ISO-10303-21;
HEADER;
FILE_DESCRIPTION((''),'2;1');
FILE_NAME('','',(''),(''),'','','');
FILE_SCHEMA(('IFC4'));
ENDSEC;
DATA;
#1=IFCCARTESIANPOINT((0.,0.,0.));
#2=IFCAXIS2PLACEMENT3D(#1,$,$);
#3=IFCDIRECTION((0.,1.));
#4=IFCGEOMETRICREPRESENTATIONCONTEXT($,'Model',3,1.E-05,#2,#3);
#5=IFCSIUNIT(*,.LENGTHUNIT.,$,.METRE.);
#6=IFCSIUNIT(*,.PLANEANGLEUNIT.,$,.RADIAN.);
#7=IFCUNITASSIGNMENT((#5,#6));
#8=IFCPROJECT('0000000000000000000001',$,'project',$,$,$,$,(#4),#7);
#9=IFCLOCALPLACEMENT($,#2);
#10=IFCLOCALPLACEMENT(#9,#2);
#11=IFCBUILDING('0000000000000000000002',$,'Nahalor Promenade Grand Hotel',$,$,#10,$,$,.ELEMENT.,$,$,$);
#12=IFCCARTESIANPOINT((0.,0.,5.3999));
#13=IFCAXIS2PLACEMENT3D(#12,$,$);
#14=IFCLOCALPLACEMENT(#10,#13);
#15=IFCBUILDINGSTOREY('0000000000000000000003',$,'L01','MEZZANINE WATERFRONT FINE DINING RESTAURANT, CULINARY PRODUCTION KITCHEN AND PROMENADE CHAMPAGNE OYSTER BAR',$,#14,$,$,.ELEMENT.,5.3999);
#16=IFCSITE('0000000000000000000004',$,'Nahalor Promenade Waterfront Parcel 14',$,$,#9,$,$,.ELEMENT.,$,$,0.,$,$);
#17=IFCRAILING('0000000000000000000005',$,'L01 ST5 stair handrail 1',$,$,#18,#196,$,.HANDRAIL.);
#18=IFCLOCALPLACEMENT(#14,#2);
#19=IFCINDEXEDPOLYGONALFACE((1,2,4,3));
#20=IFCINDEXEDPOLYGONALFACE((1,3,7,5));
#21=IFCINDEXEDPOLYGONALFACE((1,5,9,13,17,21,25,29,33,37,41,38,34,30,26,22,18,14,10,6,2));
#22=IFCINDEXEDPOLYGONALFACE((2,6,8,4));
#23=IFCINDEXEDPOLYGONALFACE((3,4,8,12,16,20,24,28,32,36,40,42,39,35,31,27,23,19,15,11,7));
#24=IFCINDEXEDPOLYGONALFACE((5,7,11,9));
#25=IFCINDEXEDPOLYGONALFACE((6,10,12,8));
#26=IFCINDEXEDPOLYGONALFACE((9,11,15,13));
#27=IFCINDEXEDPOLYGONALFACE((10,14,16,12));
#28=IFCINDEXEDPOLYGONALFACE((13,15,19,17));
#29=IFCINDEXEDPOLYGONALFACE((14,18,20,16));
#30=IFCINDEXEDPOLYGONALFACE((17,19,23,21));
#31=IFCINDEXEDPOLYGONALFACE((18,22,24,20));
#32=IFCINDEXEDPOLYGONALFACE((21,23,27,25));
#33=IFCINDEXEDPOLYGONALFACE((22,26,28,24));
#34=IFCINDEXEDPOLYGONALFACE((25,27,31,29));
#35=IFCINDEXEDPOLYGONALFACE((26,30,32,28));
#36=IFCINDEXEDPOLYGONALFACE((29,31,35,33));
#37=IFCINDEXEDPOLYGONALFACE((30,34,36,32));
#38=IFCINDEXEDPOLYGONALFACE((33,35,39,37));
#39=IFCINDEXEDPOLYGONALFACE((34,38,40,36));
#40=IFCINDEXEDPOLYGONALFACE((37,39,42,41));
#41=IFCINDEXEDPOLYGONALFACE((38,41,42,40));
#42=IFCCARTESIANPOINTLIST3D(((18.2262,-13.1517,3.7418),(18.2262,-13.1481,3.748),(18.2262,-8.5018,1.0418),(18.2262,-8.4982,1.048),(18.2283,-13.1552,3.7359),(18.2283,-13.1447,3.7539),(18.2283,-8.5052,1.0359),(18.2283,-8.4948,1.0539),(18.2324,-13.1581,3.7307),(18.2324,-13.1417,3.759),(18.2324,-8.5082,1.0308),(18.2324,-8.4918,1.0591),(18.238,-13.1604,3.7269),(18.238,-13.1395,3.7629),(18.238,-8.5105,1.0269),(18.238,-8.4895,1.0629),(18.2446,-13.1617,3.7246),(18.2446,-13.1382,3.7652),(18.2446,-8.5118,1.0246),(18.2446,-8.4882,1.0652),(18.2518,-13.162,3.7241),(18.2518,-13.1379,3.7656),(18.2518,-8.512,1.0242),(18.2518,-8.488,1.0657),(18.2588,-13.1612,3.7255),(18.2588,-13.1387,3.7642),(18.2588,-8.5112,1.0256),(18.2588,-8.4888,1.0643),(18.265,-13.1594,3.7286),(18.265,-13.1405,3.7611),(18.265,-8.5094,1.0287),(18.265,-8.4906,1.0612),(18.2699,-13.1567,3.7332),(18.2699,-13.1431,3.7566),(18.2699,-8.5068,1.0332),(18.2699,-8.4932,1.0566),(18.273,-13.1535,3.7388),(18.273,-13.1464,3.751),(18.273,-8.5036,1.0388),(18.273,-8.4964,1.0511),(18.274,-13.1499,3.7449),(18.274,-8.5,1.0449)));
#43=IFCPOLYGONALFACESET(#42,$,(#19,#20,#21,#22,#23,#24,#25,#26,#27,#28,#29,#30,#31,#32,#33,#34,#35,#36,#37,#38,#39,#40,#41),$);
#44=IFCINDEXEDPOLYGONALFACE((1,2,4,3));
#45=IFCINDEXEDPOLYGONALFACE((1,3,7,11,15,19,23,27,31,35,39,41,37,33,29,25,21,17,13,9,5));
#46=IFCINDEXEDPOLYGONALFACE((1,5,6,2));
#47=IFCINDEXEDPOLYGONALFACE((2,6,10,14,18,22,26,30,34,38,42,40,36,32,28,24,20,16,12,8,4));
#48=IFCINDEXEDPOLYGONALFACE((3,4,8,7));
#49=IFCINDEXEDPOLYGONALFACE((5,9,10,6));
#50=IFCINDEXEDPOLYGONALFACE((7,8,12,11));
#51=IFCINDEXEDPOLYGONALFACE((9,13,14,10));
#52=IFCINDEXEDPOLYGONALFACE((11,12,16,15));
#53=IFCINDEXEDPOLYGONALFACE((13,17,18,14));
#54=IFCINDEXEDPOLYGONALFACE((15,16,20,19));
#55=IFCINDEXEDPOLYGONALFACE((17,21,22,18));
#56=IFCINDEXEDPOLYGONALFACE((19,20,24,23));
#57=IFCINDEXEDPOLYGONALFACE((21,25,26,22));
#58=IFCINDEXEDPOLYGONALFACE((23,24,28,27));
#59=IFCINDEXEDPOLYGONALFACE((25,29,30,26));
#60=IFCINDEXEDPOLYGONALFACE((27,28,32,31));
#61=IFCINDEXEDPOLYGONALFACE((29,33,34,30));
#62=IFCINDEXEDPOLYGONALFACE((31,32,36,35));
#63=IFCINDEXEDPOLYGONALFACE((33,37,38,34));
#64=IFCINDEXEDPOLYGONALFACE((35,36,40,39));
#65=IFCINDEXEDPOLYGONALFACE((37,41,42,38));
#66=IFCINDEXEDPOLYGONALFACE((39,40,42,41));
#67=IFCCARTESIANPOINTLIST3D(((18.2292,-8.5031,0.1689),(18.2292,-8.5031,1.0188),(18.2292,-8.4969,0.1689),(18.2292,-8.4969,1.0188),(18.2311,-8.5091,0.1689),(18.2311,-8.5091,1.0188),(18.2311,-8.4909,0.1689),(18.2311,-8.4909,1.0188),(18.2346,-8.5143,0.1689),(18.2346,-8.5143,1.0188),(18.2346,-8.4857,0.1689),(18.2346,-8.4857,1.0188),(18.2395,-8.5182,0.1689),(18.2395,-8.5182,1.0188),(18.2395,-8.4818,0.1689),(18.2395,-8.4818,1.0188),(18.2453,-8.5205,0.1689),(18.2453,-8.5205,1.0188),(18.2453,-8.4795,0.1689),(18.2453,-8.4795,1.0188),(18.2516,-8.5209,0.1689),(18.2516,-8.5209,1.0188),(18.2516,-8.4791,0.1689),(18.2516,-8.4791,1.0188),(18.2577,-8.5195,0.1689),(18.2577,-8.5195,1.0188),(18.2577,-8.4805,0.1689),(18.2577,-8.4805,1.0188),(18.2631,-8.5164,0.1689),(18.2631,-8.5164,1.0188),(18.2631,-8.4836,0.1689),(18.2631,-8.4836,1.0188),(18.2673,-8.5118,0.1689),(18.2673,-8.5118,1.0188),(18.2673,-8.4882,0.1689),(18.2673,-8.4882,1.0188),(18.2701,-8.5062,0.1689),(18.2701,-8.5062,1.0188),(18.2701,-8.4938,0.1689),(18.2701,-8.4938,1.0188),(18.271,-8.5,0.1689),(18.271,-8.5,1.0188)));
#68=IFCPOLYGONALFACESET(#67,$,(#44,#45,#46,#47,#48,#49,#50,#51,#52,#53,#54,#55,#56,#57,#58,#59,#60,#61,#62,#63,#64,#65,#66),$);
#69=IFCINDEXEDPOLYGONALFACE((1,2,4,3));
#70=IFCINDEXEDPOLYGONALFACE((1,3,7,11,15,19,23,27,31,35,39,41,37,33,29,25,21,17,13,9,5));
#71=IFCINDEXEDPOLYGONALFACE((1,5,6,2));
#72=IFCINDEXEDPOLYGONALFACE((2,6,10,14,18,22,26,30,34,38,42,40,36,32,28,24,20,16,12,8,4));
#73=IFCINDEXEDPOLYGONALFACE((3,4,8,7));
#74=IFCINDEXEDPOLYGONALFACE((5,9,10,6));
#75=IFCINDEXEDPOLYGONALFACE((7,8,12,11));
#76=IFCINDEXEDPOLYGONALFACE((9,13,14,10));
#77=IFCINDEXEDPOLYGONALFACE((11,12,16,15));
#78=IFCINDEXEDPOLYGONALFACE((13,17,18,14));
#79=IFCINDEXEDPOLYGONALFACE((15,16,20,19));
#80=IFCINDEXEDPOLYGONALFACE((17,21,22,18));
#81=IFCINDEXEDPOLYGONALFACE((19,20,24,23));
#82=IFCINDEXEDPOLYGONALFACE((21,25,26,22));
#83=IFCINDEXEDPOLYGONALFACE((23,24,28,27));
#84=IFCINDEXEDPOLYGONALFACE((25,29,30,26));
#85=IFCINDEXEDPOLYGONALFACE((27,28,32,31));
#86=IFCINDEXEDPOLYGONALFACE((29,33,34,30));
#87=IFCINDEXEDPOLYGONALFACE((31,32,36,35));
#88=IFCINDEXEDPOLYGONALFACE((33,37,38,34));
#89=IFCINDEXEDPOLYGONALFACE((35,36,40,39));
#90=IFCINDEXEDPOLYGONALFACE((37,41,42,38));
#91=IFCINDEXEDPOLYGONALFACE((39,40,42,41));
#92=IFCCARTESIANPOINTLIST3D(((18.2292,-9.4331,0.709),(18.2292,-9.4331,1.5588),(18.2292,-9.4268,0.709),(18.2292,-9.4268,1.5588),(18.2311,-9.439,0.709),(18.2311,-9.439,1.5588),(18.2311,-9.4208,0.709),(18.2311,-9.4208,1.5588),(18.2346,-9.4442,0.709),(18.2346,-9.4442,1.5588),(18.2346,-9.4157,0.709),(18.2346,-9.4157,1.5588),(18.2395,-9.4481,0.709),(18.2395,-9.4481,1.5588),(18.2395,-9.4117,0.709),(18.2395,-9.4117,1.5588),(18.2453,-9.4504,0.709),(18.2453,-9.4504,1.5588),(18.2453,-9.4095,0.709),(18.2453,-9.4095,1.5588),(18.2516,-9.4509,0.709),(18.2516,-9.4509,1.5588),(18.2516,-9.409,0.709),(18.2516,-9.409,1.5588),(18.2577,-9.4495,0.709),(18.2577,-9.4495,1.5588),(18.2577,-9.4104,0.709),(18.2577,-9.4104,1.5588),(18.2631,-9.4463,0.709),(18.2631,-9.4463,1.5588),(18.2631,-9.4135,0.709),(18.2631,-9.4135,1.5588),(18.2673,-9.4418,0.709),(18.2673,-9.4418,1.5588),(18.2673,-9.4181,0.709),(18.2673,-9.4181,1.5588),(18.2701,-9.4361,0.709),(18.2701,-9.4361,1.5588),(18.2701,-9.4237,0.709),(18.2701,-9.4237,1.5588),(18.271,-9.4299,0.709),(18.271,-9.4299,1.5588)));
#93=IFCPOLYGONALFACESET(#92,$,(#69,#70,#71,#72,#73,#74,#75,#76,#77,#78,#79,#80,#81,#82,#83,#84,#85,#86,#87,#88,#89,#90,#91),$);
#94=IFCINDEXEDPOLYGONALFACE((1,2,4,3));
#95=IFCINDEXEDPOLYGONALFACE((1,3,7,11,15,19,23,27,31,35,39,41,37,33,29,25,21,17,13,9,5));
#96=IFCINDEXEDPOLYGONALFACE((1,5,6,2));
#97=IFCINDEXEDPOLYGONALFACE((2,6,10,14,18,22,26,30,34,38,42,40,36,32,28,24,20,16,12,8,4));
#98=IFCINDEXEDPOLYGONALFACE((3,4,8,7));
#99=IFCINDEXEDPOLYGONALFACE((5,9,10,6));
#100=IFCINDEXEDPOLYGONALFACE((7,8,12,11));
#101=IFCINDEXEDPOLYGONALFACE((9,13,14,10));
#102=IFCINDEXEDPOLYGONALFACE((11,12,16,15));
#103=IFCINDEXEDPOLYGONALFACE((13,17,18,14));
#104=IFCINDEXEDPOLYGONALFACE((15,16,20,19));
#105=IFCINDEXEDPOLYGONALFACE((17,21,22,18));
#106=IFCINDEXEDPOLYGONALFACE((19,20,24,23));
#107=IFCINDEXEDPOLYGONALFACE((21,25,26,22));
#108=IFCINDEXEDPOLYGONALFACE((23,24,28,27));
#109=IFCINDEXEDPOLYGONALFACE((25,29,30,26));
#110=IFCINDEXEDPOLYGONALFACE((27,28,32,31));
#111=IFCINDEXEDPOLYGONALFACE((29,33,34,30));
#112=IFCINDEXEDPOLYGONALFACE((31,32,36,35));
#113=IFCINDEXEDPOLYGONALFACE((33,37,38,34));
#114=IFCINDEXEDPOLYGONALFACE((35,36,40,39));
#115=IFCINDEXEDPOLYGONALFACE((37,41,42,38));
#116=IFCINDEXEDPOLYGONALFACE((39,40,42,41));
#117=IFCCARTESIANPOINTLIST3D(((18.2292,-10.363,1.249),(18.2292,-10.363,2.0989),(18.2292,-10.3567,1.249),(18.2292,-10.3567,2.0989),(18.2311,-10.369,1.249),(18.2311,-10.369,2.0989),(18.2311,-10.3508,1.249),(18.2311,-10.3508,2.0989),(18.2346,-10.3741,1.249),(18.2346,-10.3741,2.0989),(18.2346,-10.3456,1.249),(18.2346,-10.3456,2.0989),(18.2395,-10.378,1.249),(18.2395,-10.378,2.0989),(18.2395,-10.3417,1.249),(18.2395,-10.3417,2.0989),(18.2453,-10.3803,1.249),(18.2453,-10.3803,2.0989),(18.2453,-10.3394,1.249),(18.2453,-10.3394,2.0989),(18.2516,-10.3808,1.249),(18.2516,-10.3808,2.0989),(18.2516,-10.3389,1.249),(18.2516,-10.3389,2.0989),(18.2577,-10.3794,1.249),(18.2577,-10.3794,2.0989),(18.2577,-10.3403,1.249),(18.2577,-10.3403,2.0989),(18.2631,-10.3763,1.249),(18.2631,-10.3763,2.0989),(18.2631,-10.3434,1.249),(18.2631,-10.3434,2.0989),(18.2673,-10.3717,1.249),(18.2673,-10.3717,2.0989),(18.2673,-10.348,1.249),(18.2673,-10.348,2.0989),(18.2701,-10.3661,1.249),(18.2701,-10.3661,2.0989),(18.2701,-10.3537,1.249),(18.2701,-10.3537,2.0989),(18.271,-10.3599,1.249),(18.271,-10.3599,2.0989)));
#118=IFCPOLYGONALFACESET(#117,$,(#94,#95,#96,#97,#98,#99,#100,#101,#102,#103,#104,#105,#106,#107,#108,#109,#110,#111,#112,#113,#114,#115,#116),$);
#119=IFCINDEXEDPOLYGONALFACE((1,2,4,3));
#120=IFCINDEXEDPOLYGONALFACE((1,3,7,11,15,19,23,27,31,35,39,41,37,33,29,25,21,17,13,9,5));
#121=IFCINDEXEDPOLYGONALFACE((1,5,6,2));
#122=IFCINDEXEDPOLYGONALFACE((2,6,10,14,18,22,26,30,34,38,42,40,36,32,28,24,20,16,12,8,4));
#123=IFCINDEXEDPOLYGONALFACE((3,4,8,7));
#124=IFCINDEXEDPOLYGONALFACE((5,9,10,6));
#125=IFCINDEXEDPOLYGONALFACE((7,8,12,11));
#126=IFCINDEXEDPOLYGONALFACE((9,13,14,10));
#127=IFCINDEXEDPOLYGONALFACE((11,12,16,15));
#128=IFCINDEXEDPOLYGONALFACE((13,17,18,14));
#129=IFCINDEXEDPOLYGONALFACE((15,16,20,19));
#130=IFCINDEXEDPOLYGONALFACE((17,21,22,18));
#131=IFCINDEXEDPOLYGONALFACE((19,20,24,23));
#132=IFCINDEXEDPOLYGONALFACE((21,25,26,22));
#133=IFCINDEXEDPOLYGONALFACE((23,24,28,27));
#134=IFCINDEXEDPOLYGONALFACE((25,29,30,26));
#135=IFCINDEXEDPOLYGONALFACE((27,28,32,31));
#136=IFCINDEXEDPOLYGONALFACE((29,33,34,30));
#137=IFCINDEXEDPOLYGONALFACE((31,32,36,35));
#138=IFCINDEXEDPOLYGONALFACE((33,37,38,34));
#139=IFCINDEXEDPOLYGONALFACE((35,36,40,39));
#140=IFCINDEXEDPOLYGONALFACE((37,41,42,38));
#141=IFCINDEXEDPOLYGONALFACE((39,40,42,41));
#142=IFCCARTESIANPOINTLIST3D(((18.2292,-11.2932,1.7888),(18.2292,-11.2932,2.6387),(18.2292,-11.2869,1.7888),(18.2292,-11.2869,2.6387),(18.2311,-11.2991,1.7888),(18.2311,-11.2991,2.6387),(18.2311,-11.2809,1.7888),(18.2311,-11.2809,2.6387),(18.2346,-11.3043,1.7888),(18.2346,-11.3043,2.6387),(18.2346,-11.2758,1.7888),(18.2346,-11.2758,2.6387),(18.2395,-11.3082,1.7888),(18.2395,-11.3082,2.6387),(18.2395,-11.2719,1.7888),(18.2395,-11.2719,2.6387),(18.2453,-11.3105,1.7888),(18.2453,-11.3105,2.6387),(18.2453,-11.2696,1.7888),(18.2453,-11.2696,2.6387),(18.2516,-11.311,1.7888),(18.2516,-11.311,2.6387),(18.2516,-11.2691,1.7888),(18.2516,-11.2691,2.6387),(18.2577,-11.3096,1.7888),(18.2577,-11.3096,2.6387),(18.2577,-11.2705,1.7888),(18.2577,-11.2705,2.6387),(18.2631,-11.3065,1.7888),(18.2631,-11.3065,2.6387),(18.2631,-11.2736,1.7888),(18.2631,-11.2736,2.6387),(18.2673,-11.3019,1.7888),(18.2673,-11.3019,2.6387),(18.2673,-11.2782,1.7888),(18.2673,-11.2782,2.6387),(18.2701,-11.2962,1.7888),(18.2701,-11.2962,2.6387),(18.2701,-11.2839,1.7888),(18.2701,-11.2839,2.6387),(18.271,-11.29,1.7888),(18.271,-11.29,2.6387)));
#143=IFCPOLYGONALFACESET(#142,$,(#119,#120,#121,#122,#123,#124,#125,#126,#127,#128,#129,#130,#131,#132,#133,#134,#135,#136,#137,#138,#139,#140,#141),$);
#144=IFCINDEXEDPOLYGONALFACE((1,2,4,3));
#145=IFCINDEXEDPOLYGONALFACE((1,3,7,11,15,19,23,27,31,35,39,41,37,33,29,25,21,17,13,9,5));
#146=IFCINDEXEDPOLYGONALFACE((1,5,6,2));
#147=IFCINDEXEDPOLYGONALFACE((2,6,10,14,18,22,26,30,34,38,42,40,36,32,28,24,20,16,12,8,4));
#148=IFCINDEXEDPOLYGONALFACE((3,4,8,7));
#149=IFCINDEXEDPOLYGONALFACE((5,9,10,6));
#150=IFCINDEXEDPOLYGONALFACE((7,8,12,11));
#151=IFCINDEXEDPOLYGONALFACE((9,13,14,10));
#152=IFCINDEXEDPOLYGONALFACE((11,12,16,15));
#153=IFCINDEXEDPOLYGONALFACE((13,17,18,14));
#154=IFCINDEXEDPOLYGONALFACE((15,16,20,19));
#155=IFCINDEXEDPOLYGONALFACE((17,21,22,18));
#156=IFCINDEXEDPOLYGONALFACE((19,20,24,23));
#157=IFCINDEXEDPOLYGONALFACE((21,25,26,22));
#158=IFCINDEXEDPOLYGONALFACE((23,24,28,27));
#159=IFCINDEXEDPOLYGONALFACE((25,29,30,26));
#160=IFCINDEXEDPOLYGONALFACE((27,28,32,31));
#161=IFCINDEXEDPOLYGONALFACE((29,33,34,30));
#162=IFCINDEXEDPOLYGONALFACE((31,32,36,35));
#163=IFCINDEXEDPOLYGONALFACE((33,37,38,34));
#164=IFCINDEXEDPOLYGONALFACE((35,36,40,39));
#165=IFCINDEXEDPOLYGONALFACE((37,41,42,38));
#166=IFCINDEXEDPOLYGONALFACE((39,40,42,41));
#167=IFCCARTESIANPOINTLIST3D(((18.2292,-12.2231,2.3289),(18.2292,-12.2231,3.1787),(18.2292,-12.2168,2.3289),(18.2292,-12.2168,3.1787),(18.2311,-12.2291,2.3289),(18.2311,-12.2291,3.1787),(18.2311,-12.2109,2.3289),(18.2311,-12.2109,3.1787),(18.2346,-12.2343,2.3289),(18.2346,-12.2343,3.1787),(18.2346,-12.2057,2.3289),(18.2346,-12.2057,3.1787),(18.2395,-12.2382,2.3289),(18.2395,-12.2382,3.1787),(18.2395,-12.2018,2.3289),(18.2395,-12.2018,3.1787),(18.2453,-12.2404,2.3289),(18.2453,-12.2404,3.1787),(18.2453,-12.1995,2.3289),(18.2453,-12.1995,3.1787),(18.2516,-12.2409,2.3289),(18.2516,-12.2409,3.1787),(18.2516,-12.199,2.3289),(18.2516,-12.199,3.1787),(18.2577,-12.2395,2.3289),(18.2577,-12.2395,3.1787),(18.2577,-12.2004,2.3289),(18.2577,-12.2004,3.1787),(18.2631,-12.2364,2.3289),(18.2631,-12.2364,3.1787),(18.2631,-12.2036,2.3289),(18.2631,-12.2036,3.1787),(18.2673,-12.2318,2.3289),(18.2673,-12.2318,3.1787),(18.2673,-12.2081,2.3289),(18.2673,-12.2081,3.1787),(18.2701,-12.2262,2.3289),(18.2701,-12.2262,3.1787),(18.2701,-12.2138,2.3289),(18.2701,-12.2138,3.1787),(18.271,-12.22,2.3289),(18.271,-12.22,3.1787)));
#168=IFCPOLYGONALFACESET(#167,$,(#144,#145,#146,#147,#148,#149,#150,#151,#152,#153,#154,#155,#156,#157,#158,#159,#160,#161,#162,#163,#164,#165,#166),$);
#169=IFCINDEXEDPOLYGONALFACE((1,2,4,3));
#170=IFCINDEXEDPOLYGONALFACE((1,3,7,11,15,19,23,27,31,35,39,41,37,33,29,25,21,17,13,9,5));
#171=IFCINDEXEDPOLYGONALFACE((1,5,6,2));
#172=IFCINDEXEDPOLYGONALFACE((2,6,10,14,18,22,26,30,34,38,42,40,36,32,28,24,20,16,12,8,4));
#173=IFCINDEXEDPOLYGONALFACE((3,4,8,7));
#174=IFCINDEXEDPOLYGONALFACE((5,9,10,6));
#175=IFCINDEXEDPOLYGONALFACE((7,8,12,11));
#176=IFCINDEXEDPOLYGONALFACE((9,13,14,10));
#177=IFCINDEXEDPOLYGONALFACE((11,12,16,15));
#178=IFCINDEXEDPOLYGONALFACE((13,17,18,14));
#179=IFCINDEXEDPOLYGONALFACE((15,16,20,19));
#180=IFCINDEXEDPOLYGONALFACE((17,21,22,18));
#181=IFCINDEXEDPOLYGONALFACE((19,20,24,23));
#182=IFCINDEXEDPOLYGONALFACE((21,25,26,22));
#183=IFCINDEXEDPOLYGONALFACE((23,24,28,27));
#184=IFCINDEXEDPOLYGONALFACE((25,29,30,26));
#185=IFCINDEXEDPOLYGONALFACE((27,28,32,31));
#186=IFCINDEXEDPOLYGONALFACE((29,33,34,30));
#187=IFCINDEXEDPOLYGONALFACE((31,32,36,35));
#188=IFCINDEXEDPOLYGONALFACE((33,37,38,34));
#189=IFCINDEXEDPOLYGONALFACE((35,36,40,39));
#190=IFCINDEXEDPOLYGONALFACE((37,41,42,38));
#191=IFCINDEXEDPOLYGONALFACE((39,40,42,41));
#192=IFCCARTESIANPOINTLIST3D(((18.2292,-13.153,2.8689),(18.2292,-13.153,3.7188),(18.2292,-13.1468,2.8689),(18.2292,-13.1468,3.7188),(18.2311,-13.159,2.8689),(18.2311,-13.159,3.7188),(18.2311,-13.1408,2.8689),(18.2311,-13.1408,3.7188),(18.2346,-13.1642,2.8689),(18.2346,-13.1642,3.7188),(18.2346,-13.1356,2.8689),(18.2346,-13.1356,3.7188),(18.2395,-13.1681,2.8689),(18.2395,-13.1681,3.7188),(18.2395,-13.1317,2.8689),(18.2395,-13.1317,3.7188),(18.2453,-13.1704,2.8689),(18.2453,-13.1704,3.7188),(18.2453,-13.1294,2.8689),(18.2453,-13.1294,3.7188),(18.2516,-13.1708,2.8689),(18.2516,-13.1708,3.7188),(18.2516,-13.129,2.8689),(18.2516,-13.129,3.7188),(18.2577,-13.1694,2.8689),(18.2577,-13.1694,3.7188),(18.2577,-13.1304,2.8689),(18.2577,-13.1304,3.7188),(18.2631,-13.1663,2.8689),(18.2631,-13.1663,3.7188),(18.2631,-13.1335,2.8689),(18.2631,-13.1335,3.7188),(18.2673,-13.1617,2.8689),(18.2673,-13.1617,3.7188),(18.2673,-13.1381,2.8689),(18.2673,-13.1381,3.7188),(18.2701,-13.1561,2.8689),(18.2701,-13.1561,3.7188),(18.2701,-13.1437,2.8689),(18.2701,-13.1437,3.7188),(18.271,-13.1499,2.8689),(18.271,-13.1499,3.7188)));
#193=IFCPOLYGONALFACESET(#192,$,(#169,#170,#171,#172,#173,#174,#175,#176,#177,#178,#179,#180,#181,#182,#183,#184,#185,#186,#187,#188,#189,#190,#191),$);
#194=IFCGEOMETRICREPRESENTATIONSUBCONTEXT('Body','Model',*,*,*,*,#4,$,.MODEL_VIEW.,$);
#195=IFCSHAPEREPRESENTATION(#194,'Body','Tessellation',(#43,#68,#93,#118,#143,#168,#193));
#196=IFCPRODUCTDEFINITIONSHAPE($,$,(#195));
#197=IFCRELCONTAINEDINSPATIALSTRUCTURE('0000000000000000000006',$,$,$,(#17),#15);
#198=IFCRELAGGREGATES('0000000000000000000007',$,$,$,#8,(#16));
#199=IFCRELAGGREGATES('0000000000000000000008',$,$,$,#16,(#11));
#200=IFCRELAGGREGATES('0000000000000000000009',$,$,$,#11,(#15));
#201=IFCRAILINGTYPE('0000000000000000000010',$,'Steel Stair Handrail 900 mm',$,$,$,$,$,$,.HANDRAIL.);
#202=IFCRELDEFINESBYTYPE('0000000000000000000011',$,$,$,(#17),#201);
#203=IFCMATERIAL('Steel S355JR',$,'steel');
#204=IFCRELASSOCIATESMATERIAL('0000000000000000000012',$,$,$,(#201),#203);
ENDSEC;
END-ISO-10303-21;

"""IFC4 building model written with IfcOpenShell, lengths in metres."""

from ifc_helpers import new_model, si_unit, direction, frame, origin, origin_2d, place, context, subcontext, project, spatial, circle, extrude, material, type_object, element, save


model = new_model("IFC4")

# Units and contexts
model_context = context("Model", 3, precision=1e-05, world=origin(), true_north=direction((0.0, 1.0)))
body_context = subcontext(model_context, "Body", "Model", "MODEL_VIEW")
ifc_project = project(units=[si_unit("LENGTHUNIT", "METRE"), si_unit("PLANEANGLEUNIT", "RADIAN")], contexts=[model_context])

# Site, building, storey
site_placement = place(None, origin())
site = spatial("IfcSite", under=ifc_project, at=site_placement, Name="Nahalor Promenade Waterfront Parcel 14", CompositionType="ELEMENT", RefElevation=0.0)
building_placement = place(site_placement, origin())
building = spatial("IfcBuilding", under=site, at=building_placement, Name="Nahalor Promenade Grand Hotel", CompositionType="ELEMENT")
storey_placement = place(building_placement, frame((0.0, 0.0, 5.3999)))
storey = spatial("IfcBuildingStorey", under=building, at=storey_placement, Name="L01", Description="MEZZANINE WATERFRONT FINE DINING RESTAURANT, CULINARY PRODUCTION KITCHEN AND PROMENADE CHAMPAGNE OYSTER BAR", CompositionType="ELEMENT", Elevation=5.3999)

# Shared definitions
ifc_material_1 = material(Name="Steel S355JR", Category="steel")

# Railing
railing_type_1 = type_object("IfcRailingType", Name="Steel Stair Handrail 900 mm", PredefinedType="HANDRAIL", material=ifc_material_1)
railing_1_placement = place(storey_placement, frame((18.25, -8.5, 0.1689)))
element("IfcRailing", 1, at=railing_1_placement, inside=storey, type_object=railing_type_1, Name="L01 ST5 stair handrail 1", PredefinedType="HANDRAIL", context=body_context, shape_type="SweptSolid", body=[
    extrude(circle(Radius=0.024, at=origin_2d()), frame((0.0, 0.0, 0.876), z_axis=(0.0, -0.864788, 0.502137), x_axis=(1.0, 0.0, 0.0)), (0.0, 0.0, 1.0), 5.377),
    extrude(circle(Radius=0.021, at=origin_2d()), origin(), (0.0, 0.0, 1.0), 0.8499),
    extrude(circle(Radius=0.021, at=origin_2d()), frame((0.0, -0.9299, 0.54)), (0.0, 0.0, 1.0), 0.8499),
    extrude(circle(Radius=0.021, at=origin_2d()), frame((0.0, -1.8599, 1.0801)), (0.0, 0.0, 1.0), 0.8499),
    extrude(circle(Radius=0.021, at=origin_2d()), frame((0.0, -2.79, 1.6199)), (0.0, 0.0, 1.0), 0.8499),
    extrude(circle(Radius=0.021, at=origin_2d()), frame((0.0, -3.72, 2.1599)), (0.0, 0.0, 1.0), 0.8499),
    extrude(circle(Radius=0.021, at=origin_2d()), frame((0.0, -4.6499, 2.7)), (0.0, 0.0, 1.0), 0.8499),
])

save(model, "model.ifc")
